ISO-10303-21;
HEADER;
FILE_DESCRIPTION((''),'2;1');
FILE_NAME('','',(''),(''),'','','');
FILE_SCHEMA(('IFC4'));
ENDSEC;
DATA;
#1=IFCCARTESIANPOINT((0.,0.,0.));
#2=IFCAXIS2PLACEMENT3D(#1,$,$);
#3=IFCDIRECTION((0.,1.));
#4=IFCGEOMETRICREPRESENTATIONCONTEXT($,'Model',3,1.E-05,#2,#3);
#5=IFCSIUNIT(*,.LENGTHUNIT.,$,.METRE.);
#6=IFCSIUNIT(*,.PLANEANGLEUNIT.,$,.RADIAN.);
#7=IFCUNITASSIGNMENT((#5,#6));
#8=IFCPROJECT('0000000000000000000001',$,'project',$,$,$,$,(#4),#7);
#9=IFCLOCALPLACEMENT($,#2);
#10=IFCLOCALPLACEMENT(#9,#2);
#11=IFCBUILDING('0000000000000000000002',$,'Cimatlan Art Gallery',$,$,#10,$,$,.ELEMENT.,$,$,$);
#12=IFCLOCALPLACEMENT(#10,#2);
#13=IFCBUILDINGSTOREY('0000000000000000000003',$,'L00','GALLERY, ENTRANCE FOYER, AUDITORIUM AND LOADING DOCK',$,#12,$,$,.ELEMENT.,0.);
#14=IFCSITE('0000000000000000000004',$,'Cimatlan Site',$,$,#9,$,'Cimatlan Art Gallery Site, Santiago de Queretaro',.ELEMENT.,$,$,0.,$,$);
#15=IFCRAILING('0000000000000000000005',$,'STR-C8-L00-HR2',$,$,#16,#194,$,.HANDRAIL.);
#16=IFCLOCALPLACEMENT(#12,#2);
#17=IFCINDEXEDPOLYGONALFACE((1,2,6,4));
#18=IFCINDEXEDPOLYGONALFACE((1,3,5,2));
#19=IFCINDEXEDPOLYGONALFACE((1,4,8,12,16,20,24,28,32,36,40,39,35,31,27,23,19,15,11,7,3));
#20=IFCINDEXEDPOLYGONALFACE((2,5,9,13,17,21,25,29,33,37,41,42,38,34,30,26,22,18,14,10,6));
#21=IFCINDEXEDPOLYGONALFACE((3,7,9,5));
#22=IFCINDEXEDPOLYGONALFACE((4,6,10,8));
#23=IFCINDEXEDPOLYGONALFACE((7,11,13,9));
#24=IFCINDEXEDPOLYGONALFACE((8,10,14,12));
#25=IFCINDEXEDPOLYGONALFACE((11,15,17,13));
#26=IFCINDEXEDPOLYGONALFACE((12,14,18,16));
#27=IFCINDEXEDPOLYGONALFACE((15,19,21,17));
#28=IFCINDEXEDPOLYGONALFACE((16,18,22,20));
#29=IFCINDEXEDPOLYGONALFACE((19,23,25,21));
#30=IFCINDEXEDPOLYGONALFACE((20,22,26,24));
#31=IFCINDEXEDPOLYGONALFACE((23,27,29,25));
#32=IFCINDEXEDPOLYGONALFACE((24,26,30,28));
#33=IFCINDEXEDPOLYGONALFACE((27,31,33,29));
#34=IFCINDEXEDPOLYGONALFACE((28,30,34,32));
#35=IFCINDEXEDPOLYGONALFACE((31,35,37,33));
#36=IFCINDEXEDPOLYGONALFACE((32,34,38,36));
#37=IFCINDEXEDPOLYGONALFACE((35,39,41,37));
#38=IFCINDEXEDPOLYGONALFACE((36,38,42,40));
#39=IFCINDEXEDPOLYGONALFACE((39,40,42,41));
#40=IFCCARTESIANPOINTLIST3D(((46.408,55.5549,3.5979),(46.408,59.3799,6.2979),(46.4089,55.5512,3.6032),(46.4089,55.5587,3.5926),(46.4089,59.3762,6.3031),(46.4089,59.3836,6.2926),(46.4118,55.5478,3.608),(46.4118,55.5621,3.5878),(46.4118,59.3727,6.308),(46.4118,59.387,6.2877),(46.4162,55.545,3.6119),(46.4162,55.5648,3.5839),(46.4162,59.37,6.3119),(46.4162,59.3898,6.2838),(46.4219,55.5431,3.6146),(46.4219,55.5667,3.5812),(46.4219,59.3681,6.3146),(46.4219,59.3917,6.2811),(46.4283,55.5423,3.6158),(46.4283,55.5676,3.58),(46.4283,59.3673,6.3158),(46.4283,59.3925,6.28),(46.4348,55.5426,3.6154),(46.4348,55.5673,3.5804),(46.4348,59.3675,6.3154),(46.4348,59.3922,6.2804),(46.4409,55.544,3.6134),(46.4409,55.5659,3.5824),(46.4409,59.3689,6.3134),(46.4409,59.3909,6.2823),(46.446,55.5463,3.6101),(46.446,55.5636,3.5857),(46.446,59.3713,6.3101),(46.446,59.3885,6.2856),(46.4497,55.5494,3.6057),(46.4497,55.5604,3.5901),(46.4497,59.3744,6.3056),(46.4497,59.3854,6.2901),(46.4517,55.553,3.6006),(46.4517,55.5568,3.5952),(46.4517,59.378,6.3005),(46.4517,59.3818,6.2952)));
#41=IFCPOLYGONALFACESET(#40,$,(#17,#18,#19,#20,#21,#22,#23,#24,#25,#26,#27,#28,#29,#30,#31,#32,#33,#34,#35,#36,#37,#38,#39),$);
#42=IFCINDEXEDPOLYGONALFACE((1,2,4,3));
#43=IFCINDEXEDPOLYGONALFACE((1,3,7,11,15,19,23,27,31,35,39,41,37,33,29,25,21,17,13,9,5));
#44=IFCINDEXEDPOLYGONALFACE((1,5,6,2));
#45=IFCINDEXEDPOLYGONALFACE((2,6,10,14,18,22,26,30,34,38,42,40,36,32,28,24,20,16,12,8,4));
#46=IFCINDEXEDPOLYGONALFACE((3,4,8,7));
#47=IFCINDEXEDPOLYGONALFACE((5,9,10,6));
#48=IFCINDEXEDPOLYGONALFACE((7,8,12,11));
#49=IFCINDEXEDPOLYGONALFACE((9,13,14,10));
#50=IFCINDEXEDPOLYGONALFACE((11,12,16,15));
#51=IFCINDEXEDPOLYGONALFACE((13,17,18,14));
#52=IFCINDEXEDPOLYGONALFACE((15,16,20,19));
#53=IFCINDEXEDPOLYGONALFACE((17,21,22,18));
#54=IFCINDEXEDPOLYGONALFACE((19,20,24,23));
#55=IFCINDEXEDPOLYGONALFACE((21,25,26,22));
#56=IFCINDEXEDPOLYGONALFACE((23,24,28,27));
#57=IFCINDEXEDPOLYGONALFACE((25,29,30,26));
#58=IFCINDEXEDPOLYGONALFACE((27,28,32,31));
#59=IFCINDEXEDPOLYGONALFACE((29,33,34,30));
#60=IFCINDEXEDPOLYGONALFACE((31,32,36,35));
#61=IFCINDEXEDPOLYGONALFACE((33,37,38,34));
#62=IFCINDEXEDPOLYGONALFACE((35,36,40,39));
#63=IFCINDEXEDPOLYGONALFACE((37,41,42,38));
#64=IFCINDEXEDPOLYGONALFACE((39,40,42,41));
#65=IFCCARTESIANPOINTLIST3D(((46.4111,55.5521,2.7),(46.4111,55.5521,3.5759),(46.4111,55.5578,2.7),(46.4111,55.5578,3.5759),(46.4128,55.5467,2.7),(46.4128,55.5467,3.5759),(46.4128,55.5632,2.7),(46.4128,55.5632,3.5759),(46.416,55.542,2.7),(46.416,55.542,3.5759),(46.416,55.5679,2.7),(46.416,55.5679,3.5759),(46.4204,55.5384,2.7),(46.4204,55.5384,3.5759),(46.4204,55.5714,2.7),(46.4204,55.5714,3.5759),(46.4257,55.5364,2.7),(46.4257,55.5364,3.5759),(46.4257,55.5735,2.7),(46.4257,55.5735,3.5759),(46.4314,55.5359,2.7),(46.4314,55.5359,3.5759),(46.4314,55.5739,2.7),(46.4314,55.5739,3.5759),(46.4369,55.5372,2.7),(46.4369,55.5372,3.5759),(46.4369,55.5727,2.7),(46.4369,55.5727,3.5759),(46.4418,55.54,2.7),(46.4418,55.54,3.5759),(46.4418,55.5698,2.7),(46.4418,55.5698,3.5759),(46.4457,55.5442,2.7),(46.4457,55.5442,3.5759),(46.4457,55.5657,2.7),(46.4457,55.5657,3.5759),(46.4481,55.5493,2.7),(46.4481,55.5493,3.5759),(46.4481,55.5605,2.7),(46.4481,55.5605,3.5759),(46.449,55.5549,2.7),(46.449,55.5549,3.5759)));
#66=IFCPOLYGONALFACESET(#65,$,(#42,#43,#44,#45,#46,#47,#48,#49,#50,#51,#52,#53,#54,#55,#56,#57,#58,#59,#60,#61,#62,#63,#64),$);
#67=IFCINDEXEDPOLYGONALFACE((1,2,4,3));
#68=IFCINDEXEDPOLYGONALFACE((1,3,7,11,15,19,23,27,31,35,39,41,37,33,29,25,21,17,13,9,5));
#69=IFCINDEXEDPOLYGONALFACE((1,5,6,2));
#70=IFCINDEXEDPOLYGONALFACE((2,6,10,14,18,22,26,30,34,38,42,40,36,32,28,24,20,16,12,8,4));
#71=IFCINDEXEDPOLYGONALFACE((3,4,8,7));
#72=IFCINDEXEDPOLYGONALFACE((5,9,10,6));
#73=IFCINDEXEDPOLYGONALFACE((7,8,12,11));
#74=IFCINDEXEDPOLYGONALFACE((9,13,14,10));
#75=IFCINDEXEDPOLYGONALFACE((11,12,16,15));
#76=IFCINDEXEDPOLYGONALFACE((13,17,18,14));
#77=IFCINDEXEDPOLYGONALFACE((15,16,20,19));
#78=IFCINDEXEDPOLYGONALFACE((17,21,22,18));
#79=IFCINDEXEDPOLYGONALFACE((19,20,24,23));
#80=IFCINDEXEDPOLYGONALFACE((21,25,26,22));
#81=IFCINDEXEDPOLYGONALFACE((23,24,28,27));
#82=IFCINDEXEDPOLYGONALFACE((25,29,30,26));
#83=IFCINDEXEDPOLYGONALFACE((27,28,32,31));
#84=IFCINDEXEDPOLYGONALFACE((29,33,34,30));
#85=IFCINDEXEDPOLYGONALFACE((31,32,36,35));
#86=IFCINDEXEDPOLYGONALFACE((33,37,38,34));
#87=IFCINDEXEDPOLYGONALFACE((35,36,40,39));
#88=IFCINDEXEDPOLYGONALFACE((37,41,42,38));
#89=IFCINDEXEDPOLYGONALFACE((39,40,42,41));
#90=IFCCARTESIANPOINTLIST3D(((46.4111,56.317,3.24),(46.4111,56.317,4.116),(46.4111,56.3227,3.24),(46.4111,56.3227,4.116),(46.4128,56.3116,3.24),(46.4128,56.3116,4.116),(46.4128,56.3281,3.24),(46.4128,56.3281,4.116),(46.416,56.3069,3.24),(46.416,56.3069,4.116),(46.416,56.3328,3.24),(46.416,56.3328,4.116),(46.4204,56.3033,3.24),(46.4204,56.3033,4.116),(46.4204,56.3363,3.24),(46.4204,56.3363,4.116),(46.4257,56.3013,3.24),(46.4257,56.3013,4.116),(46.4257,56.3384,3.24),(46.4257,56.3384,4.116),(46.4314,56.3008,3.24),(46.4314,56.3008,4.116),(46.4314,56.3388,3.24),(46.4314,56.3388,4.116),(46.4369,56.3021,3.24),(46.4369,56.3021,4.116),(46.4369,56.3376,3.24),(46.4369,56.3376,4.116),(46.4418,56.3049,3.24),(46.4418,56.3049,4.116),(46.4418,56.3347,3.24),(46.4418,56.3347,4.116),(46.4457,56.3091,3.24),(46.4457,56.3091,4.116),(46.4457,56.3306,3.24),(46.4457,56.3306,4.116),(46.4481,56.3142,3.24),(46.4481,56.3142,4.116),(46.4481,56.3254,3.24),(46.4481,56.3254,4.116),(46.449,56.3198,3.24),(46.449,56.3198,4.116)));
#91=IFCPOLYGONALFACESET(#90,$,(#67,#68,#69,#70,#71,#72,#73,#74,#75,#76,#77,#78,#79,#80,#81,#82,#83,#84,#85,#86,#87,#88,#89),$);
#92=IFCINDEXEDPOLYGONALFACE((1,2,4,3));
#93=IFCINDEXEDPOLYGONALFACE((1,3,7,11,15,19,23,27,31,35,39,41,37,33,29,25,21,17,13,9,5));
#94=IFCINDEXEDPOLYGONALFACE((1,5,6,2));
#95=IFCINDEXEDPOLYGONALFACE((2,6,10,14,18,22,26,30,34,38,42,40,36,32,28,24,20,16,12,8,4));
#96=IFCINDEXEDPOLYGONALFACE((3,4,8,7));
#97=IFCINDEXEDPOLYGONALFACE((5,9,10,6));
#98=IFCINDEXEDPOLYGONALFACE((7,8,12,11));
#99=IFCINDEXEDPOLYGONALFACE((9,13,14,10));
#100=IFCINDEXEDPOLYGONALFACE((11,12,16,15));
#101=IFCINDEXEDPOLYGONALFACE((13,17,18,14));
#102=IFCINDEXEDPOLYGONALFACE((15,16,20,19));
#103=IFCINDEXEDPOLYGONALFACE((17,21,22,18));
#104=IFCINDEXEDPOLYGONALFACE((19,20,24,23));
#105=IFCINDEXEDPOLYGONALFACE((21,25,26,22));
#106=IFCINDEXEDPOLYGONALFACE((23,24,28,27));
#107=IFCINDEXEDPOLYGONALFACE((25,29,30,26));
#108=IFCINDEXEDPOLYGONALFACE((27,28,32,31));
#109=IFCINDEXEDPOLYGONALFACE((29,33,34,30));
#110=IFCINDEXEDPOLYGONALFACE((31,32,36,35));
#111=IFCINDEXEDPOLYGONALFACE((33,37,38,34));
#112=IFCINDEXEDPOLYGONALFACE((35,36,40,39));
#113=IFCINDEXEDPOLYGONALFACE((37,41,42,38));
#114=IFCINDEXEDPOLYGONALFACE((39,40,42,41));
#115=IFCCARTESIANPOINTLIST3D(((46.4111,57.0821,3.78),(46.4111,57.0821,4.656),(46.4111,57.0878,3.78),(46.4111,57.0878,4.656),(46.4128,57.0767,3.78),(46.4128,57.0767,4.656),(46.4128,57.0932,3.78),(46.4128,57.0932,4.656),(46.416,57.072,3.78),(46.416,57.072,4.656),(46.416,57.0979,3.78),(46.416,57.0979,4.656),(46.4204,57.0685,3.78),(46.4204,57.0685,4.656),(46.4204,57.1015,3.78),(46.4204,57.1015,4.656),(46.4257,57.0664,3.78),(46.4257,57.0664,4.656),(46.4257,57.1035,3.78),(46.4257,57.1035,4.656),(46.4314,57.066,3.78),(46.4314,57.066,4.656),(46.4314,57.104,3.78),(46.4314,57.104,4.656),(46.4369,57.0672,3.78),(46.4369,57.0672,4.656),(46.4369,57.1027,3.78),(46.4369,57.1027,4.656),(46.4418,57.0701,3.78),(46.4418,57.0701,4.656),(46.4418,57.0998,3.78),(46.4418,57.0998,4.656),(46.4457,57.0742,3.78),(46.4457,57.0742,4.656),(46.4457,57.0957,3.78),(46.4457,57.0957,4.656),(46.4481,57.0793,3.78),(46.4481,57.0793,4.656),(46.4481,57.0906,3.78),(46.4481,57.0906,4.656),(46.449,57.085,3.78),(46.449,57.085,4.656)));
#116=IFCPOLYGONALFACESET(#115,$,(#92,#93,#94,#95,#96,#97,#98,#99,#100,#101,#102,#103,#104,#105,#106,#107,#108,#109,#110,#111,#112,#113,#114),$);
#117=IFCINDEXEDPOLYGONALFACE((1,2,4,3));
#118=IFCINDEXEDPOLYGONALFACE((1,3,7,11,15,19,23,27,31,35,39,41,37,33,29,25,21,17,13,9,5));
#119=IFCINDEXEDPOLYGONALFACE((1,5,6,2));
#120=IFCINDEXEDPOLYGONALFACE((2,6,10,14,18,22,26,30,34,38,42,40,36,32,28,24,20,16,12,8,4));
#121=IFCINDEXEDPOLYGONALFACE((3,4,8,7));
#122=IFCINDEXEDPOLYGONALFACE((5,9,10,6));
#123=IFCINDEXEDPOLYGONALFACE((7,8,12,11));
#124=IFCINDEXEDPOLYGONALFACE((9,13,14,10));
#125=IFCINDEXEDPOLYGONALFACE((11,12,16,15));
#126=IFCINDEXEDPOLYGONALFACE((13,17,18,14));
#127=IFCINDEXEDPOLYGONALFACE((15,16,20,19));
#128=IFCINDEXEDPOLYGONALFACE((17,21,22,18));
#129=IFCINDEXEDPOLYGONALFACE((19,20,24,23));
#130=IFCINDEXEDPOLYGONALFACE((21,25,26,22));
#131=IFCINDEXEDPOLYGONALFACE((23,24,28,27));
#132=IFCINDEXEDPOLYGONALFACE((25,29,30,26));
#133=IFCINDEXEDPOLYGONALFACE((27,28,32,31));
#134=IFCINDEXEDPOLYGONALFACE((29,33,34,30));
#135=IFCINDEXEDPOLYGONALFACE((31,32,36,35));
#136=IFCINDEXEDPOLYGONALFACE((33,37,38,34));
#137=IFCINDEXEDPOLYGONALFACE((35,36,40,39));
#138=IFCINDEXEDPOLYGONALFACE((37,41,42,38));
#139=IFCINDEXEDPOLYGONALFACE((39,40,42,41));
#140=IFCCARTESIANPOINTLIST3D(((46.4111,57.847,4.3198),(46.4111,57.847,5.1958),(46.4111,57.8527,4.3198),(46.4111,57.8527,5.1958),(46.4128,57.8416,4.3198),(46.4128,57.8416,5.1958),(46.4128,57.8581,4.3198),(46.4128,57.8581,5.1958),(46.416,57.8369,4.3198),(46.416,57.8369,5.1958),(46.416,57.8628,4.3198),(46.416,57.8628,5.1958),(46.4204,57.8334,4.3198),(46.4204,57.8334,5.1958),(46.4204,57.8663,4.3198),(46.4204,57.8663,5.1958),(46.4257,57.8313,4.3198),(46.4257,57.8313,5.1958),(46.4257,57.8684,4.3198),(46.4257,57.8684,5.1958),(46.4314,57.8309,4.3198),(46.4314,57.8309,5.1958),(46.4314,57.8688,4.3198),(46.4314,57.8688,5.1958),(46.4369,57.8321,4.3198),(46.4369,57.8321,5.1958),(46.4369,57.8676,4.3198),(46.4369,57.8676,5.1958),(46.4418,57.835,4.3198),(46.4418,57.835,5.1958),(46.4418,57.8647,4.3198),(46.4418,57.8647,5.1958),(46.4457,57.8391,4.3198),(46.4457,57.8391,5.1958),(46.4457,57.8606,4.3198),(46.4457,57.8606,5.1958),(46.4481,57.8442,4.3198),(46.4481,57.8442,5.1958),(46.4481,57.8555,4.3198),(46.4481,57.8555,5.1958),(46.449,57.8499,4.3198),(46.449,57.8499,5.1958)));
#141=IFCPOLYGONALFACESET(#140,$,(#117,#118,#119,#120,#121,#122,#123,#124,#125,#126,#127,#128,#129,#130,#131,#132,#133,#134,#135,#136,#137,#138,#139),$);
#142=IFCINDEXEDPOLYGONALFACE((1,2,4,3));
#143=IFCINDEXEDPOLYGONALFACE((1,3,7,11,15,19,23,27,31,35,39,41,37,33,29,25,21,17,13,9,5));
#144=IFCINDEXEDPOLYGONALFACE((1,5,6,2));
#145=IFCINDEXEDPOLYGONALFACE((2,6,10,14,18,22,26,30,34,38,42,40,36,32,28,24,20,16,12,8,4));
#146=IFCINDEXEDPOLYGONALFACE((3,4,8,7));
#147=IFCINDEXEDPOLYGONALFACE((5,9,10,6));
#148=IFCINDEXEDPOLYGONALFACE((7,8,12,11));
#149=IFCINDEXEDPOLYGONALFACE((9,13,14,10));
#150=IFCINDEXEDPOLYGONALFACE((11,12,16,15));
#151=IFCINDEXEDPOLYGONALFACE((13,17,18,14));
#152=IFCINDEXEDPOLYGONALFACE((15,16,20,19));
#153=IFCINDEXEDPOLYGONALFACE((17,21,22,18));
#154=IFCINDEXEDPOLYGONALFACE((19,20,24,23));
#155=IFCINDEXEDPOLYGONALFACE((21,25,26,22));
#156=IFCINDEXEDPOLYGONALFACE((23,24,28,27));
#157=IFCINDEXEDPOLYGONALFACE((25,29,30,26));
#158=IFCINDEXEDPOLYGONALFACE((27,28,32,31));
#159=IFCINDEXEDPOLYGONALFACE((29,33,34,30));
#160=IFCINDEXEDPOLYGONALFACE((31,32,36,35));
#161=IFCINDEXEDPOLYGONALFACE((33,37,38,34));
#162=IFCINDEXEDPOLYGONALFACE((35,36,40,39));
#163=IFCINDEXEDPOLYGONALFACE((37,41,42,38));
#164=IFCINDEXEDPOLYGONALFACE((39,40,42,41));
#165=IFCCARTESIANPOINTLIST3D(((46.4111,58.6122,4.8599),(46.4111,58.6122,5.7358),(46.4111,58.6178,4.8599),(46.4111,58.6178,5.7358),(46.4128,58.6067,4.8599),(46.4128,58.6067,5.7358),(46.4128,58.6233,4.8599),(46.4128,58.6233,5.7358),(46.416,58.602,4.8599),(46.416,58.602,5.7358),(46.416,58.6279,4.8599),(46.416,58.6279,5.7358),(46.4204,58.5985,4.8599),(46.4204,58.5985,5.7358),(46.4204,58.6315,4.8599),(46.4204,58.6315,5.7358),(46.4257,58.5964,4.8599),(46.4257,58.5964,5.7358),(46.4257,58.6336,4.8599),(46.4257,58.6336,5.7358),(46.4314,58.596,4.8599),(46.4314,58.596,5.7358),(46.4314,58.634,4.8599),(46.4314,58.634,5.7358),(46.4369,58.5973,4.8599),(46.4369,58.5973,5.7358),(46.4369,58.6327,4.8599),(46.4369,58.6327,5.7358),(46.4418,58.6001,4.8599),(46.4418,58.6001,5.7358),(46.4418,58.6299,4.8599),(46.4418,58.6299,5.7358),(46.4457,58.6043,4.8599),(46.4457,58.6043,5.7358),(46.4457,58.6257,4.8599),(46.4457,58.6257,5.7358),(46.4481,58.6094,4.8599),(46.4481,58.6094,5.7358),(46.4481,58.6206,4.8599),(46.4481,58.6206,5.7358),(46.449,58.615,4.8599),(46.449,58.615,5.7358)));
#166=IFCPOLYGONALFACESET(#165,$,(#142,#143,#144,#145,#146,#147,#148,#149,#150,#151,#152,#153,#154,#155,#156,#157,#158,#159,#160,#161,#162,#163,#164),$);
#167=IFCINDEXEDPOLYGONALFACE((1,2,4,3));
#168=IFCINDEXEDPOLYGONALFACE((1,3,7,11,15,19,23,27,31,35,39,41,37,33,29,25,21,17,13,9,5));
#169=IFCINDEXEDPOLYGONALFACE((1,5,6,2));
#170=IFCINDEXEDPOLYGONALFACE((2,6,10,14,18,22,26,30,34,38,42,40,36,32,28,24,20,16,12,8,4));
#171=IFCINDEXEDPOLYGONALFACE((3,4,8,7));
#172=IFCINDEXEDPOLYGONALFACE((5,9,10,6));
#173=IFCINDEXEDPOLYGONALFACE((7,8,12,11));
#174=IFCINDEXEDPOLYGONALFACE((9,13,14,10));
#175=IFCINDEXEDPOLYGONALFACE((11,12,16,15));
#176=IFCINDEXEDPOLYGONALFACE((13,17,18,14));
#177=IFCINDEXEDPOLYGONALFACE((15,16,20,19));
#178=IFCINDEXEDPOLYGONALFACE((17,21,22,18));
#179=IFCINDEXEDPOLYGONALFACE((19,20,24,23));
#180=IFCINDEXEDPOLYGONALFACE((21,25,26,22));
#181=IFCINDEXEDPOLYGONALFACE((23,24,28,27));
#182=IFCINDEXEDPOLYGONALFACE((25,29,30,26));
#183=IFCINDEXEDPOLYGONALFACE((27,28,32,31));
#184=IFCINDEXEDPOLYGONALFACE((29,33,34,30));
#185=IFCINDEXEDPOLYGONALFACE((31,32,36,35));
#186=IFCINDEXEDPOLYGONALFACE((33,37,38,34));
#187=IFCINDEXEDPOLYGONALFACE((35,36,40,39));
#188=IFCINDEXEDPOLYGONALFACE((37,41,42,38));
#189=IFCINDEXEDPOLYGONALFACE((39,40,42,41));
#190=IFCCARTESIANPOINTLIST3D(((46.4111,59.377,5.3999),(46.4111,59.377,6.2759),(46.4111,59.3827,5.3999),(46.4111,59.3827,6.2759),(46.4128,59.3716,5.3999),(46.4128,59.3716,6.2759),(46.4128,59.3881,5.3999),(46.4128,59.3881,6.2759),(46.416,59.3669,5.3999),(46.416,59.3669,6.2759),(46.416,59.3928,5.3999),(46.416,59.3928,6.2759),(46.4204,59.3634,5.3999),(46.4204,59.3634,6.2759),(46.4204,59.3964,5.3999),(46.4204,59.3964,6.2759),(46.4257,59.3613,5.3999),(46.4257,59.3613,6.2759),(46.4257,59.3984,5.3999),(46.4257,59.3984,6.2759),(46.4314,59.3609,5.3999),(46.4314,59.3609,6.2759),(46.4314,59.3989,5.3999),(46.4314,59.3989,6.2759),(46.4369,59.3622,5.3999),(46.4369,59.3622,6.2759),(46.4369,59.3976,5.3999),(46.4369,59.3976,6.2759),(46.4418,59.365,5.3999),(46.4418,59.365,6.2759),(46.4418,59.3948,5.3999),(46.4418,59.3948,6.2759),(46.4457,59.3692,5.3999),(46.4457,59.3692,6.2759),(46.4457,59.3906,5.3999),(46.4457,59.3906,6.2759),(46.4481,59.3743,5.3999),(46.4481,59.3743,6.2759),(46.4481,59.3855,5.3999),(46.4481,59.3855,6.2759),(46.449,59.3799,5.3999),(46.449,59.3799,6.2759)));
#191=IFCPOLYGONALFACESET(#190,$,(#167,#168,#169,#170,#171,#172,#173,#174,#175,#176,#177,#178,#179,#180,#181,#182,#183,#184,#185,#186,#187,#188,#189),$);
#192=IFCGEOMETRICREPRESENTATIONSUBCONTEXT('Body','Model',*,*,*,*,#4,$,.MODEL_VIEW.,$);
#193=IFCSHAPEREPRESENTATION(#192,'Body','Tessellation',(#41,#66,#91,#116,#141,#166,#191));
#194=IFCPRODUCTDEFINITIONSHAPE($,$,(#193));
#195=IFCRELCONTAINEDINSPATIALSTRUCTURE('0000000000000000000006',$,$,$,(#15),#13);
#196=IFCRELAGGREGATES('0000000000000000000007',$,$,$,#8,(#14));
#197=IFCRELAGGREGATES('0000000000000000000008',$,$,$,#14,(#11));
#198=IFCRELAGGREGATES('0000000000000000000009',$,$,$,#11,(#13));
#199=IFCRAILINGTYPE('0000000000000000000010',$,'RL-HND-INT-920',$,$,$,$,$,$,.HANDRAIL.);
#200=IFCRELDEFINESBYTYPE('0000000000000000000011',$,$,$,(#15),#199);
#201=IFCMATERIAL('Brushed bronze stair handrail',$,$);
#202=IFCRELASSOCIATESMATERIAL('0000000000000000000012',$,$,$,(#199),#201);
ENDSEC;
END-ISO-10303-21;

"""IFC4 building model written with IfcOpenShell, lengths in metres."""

from ifc_helpers import new_model, si_unit, direction, frame, origin, origin_2d, place, context, subcontext, project, spatial, circle, extrude, material, type_object, element, save


model = new_model("IFC4")

# Units and contexts
model_context = context("Model", 3, precision=1e-05, world=origin(), true_north=direction((0.0, 1.0)))
body_context = subcontext(model_context, "Body", "Model", "MODEL_VIEW")
ifc_project = project(units=[si_unit("LENGTHUNIT", "METRE"), si_unit("PLANEANGLEUNIT", "RADIAN")], contexts=[model_context])

# Site, building, storey
site_placement = place(None, origin())
site = spatial("IfcSite", under=ifc_project, at=site_placement, Name="Cimatlan Site", LongName="Cimatlan Art Gallery Site, Santiago de Queretaro", CompositionType="ELEMENT", RefElevation=0.0)
building_placement = place(site_placement, origin())
building = spatial("IfcBuilding", under=site, at=building_placement, Name="Cimatlan Art Gallery", CompositionType="ELEMENT")
storey_placement = place(building_placement, origin())
storey = spatial("IfcBuildingStorey", under=building, at=storey_placement, Name="L00", Description="GALLERY, ENTRANCE FOYER, AUDITORIUM AND LOADING DOCK", CompositionType="ELEMENT", Elevation=0.0)

# Railing
ifc_material_1 = material(Name="Brushed bronze stair handrail")
railing_type_1 = type_object("IfcRailingType", Name="RL-HND-INT-920", PredefinedType="HANDRAIL", material=ifc_material_1)
railing_1_placement = place(storey_placement, frame((46.4299, 55.5549, 2.7)))
element("IfcRailing", 1, at=railing_1_placement, inside=storey, type_object=railing_type_1, Name="STR-C8-L00-HR2", PredefinedType="HANDRAIL", context=body_context, shape_type="SweptSolid", body=[
    extrude(circle(Radius=0.022, at=origin_2d()), frame((0.0, 0.0, 0.8979), z_axis=(0.0, 0.816969, 0.576681), x_axis=(-1.0, 0.0, 0.0)), (0.0, 0.0, 1.0), 4.6819),
    extrude(circle(Radius=0.019, at=origin_2d()), origin(), (0.0, 0.0, 1.0), 0.876),
    extrude(circle(Radius=0.019, at=origin_2d()), frame((0.0, 0.7649, 0.54)), (0.0, 0.0, 1.0), 0.876),
    extrude(circle(Radius=0.019, at=origin_2d()), frame((0.0, 1.53, 1.0801)), (0.0, 0.0, 1.0), 0.876),
    extrude(circle(Radius=0.019, at=origin_2d()), frame((0.0, 2.2949, 1.6199)), (0.0, 0.0, 1.0), 0.876),
    extrude(circle(Radius=0.019, at=origin_2d()), frame((0.0, 3.0601, 2.1599)), (0.0, 0.0, 1.0), 0.876),
    extrude(circle(Radius=0.019, at=origin_2d()), frame((0.0, 3.825, 2.7)), (0.0, 0.0, 1.0), 0.876),
])

save(model, "model.ifc")
